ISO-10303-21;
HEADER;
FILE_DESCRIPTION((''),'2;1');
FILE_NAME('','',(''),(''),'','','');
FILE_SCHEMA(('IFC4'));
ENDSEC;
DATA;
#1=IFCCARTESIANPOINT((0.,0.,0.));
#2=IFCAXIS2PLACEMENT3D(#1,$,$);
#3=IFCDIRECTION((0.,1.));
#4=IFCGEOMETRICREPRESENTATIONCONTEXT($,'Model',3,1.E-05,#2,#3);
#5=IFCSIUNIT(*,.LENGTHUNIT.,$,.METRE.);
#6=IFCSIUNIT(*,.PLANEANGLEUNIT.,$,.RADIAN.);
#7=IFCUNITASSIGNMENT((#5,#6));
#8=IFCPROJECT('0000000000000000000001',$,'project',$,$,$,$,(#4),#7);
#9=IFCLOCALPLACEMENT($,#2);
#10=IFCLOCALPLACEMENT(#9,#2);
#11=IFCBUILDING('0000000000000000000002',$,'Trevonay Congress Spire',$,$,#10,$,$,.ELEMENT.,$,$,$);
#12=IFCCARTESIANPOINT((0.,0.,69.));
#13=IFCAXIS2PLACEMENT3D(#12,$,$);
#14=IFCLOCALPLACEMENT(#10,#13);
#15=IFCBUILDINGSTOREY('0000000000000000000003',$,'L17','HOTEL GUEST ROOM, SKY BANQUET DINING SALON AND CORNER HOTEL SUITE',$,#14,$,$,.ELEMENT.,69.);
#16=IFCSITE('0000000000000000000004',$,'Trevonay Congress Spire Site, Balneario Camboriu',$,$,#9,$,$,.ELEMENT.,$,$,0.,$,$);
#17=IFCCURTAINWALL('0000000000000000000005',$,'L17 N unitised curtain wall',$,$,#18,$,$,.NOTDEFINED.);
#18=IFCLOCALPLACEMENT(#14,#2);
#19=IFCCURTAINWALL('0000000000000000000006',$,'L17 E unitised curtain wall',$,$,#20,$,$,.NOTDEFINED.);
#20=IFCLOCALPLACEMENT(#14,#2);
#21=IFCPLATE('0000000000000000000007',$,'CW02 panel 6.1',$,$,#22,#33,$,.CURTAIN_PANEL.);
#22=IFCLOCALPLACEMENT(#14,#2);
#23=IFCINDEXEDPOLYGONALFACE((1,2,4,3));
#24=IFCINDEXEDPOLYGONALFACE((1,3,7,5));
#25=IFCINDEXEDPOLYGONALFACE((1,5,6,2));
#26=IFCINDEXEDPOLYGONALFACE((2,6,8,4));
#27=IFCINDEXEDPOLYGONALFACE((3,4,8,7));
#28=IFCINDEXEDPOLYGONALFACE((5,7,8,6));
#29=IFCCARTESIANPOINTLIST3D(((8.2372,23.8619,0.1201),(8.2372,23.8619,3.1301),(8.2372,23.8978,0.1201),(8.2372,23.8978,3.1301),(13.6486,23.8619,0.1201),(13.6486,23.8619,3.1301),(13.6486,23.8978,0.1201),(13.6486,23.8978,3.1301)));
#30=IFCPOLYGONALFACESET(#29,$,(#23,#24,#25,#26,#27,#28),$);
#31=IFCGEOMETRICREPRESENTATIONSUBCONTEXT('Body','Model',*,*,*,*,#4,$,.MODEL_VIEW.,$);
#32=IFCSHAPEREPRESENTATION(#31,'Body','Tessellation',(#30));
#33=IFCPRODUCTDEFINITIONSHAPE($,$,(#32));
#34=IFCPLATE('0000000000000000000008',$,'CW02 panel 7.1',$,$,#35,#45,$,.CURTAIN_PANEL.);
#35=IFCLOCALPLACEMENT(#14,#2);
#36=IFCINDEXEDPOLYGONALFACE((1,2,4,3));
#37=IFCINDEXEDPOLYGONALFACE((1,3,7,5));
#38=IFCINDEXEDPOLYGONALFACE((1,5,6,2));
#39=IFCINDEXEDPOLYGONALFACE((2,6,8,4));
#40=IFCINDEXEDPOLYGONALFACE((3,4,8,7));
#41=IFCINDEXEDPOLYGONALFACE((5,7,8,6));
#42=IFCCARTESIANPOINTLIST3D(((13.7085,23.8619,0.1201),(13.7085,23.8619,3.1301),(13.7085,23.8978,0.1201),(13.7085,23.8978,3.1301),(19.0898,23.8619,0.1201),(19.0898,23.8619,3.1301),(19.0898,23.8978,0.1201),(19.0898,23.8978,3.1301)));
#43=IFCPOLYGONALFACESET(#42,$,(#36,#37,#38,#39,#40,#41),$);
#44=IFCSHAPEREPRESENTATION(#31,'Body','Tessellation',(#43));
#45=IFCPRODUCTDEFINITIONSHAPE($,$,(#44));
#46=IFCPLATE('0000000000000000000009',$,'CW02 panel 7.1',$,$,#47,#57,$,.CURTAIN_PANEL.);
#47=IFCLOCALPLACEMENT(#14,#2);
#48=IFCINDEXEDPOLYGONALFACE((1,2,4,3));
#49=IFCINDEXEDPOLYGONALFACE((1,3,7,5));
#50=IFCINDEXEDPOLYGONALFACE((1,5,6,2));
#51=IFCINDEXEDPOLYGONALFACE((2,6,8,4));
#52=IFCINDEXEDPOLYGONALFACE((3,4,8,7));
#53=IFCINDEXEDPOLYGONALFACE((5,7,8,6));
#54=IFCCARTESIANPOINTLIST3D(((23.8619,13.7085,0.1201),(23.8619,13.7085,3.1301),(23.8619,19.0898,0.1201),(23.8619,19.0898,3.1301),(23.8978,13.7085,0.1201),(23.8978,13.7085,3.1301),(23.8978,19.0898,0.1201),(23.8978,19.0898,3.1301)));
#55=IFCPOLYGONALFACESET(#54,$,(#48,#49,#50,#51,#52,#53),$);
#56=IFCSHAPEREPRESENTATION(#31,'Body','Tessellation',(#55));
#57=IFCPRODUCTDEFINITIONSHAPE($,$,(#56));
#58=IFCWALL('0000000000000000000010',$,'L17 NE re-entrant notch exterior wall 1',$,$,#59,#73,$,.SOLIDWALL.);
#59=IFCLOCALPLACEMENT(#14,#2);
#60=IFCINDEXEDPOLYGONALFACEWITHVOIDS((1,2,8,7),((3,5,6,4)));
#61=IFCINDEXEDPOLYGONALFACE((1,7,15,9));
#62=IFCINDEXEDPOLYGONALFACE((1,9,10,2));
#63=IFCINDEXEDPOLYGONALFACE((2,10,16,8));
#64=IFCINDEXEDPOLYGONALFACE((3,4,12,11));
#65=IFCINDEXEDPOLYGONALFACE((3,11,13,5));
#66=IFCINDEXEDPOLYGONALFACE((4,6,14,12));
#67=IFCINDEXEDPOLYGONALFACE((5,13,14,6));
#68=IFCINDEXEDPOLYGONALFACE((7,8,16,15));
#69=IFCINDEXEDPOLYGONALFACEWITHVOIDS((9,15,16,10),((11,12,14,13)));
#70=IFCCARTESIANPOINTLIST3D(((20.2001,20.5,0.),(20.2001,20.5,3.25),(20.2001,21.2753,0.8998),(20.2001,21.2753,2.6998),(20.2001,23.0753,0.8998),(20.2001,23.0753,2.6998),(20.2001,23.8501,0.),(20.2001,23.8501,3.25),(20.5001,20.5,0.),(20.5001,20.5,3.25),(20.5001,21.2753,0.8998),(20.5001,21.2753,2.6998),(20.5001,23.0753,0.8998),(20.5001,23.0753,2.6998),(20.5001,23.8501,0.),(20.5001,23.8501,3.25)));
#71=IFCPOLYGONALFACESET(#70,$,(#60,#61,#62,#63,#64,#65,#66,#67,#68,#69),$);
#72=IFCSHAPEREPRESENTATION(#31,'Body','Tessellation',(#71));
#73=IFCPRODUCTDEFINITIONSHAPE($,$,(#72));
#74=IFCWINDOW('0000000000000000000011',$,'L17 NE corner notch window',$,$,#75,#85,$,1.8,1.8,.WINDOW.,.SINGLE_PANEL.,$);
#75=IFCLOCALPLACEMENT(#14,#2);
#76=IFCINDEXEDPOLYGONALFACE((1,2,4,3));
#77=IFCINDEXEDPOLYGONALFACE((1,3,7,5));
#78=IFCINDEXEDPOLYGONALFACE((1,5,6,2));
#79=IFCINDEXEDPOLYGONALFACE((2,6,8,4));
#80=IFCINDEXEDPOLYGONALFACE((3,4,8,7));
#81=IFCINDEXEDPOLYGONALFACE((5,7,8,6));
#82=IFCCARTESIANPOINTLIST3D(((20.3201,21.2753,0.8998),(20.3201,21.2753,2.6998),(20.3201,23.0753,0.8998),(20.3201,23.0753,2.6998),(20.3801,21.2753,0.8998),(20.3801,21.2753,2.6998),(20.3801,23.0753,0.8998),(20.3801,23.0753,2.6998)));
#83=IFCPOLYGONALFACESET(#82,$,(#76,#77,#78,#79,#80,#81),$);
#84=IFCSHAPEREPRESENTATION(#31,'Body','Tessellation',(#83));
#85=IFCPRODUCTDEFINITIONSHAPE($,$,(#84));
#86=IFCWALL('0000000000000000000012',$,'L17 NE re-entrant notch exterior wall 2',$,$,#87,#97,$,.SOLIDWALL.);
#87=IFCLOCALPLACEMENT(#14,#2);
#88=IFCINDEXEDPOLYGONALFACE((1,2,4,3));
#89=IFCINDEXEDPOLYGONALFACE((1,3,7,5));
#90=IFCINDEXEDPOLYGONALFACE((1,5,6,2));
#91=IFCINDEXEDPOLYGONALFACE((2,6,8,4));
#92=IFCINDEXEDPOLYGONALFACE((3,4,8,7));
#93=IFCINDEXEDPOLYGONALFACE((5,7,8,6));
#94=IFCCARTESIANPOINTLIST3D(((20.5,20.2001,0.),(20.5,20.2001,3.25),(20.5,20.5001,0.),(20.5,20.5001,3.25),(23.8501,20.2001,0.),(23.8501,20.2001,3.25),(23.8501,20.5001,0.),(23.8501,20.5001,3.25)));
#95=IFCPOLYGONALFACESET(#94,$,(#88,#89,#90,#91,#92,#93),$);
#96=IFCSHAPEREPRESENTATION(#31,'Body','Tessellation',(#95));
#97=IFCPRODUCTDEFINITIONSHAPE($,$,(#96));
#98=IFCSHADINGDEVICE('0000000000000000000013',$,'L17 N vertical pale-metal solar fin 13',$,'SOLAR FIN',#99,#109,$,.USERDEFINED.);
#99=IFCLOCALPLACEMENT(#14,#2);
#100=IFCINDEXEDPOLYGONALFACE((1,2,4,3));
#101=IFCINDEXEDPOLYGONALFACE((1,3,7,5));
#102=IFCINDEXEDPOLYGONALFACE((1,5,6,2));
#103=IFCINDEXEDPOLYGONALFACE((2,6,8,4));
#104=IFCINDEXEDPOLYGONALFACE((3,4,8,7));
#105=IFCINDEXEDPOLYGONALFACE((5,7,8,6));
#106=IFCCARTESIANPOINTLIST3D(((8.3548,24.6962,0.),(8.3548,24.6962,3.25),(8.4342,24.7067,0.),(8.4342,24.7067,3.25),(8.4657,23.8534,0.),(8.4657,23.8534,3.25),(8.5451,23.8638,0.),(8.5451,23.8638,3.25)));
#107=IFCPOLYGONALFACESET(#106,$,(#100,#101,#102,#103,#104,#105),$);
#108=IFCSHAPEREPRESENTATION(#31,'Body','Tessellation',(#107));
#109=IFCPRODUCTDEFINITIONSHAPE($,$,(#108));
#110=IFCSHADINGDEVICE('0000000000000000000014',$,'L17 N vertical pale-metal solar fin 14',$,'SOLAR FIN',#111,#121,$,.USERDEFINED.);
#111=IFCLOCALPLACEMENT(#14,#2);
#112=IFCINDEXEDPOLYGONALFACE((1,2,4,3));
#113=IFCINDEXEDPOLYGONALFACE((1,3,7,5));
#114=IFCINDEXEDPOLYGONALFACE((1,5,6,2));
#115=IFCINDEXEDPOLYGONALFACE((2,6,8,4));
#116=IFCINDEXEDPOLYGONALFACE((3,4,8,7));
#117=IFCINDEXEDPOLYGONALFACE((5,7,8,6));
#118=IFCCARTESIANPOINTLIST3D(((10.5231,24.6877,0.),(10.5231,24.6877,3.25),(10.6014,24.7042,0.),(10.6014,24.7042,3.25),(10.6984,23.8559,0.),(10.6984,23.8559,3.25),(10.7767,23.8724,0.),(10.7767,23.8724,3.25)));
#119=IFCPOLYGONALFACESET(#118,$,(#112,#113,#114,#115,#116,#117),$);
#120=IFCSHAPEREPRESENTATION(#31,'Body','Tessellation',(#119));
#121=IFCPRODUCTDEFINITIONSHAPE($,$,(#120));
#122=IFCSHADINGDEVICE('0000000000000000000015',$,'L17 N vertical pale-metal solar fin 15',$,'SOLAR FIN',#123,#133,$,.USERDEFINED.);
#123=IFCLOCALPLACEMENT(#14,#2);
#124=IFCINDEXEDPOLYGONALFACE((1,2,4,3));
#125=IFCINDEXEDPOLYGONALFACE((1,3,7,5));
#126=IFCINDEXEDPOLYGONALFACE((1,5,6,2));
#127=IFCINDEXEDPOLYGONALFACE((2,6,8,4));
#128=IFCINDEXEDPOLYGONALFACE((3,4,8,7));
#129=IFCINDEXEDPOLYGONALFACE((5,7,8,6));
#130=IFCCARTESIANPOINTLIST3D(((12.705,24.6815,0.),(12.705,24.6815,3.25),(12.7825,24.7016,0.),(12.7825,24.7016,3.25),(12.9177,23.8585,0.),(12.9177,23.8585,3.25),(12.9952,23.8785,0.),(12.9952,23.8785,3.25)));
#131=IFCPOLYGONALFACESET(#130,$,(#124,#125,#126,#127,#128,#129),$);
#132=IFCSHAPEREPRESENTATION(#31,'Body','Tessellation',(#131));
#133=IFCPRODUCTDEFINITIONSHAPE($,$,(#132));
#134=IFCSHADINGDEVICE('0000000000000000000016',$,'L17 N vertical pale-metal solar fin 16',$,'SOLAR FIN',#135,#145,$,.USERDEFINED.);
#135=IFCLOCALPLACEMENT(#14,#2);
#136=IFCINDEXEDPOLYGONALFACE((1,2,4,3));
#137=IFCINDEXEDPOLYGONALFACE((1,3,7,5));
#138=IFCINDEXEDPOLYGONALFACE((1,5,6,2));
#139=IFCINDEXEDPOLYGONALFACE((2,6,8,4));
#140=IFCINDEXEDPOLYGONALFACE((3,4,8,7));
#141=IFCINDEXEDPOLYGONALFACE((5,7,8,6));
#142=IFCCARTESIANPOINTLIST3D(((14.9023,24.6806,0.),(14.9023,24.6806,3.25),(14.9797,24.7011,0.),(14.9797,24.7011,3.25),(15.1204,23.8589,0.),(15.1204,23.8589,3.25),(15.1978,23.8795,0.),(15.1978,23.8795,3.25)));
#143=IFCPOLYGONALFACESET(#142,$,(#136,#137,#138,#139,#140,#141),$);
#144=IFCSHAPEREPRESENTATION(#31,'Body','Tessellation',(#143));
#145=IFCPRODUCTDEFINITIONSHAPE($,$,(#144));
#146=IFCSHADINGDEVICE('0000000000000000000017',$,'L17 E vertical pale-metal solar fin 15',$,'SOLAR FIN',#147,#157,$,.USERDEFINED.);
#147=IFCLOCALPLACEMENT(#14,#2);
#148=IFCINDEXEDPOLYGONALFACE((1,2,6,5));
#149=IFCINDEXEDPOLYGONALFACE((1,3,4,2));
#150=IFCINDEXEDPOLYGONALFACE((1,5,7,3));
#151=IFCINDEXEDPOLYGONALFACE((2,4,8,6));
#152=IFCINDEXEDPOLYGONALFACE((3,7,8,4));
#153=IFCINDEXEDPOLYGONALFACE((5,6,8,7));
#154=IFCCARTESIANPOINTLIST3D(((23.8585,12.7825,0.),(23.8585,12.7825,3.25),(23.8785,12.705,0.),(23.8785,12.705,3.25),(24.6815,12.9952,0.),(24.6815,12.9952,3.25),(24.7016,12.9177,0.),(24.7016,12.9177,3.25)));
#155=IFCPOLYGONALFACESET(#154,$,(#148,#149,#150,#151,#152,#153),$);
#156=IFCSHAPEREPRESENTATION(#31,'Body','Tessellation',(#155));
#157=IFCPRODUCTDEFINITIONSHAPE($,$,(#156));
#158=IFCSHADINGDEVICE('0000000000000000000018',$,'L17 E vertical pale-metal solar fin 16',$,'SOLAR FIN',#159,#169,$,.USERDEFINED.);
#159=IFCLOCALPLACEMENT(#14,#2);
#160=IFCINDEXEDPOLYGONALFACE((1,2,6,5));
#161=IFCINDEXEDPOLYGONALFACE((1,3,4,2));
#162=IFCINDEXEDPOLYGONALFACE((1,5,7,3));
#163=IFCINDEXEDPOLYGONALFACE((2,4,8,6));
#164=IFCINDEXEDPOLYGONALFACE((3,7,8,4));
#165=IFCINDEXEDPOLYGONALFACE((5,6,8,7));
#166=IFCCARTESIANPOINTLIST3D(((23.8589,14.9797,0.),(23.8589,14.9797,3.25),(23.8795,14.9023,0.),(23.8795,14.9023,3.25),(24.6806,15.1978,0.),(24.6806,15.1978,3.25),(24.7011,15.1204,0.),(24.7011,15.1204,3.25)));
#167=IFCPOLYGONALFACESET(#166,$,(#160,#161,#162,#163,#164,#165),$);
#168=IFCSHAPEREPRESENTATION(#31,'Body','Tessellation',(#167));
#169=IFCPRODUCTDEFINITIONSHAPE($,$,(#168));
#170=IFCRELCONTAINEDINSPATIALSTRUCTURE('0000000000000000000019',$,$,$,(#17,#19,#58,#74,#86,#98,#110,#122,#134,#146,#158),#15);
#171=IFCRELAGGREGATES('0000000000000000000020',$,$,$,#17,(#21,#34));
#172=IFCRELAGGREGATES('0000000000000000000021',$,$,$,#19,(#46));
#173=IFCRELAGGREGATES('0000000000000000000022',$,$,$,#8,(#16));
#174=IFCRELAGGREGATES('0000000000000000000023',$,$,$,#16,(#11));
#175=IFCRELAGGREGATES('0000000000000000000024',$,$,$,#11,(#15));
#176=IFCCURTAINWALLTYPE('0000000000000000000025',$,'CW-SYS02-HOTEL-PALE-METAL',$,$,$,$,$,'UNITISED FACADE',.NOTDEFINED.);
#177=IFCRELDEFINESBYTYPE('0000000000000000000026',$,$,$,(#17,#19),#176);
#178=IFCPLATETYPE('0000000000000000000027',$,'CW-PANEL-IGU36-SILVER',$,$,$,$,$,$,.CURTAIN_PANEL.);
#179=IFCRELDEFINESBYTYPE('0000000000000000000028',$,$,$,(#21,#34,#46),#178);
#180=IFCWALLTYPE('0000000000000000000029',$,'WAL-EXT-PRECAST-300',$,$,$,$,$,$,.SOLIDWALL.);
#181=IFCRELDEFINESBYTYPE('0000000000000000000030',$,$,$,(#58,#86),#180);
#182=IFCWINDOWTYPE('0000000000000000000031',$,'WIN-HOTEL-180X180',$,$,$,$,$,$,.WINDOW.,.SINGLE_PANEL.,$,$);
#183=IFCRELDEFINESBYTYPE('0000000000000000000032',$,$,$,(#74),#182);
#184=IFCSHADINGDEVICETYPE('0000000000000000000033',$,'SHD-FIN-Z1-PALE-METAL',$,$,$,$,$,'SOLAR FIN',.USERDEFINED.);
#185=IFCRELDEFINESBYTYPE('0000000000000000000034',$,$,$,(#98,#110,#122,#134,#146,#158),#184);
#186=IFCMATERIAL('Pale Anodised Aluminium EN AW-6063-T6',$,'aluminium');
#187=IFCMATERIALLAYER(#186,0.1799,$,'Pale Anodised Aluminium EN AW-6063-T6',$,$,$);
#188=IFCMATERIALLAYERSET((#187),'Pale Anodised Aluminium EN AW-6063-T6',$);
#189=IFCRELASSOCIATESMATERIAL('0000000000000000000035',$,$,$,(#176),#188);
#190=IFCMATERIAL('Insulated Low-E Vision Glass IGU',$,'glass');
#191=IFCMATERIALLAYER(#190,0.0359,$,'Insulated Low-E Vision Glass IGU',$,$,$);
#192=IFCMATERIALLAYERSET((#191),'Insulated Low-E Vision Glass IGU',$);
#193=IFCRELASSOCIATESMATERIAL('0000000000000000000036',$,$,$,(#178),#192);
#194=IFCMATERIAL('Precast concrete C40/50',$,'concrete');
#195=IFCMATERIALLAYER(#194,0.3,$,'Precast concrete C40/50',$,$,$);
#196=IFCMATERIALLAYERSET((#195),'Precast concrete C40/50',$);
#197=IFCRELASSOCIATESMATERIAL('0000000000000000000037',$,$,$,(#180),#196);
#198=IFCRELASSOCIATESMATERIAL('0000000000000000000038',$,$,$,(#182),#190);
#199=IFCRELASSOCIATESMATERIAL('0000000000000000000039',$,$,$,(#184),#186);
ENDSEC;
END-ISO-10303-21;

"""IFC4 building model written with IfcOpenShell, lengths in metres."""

from ifc_helpers import new_model, si_unit, direction, frame, frame_2d, origin, origin_2d, place, context, subcontext, project, spatial, rectangle, extrude, material, layer, layer_set, type_object, element, fill, aggregate, save


model = new_model("IFC4")

# Units and contexts
model_context = context("Model", 3, precision=1e-05, world=origin(), true_north=direction((0.0, 1.0)))
body_context = subcontext(model_context, "Body", "Model", "MODEL_VIEW")
ifc_project = project(units=[si_unit("LENGTHUNIT", "METRE"), si_unit("PLANEANGLEUNIT", "RADIAN")], contexts=[model_context])

# Site, building, storey
site_placement = place(None, origin())
site = spatial("IfcSite", under=ifc_project, at=site_placement, Name="Trevonay Congress Spire Site, Balneario Camboriu", CompositionType="ELEMENT", RefElevation=0.0)
building_placement = place(site_placement, origin())
building = spatial("IfcBuilding", under=site, at=building_placement, Name="Trevonay Congress Spire", CompositionType="ELEMENT")
storey_placement = place(building_placement, frame((0.0, 0.0, 69.0)))
storey = spatial("IfcBuildingStorey", under=building, at=storey_placement, Name="L17", Description="HOTEL GUEST ROOM, SKY BANQUET DINING SALON AND CORNER HOTEL SUITE", CompositionType="ELEMENT", Elevation=69.0)

# Curtain walls
ifc_material_1 = material(Name="Pale Anodised Aluminium EN AW-6063-T6", Category="aluminium")
ifc_layer_1 = layer(ifc_material_1, 0.1799, Name="Pale Anodised Aluminium EN AW-6063-T6")
ifc_layer_set_1 = layer_set([ifc_layer_1], Name="Pale Anodised Aluminium EN AW-6063-T6")
curtain_wall_type = type_object("IfcCurtainWallType", Name="CW-SYS02-HOTEL-PALE-METAL", ElementType="UNITISED FACADE", PredefinedType="NOTDEFINED", material=ifc_layer_set_1)
curtain_wall_1_placement = place(storey_placement, origin())
curtain_wall_1 = element("IfcCurtainWall", 1, at=curtain_wall_1_placement, inside=storey, type_object=curtain_wall_type, Name="L17 N unitised curtain wall", PredefinedType="NOTDEFINED")
curtain_wall_2_placement = place(storey_placement, origin())
curtain_wall_2 = element("IfcCurtainWall", 2, at=curtain_wall_2_placement, inside=storey, type_object=curtain_wall_type, Name="L17 E unitised curtain wall", PredefinedType="NOTDEFINED")

# Plates
ifc_material_2 = material(Name="Insulated Low-E Vision Glass IGU", Category="glass")
ifc_layer_2 = layer(ifc_material_2, 0.0359, Name="Insulated Low-E Vision Glass IGU")
ifc_layer_set_2 = layer_set([ifc_layer_2], Name="Insulated Low-E Vision Glass IGU")
plate_type = type_object("IfcPlateType", Name="CW-PANEL-IGU36-SILVER", PredefinedType="CURTAIN_PANEL", material=ifc_layer_set_2)
plate_1_placement = place(storey_placement, frame((10.9429, 23.8799, 0.1201), z_axis=(0.0, 0.0, 1.0), x_axis=(1.0, 0.0, 0.0)))
plate_1 = element("IfcPlate", 3, at=plate_1_placement, type_object=plate_type, Name="CW02 panel 6.1", PredefinedType="CURTAIN_PANEL", context=body_context, shape_type="SweptSolid", body=[
    extrude(rectangle(XDim=5.4114, YDim=0.0359, at=origin_2d()), origin(), (0.0, 0.0, 1.0), 3.01),
])
plate_2_placement = place(storey_placement, frame((16.3992, 23.8799, 0.1201), z_axis=(0.0, 0.0, 1.0), x_axis=(1.0, 0.0, 0.0)))
plate_2 = element("IfcPlate", 4, at=plate_2_placement, type_object=plate_type, Name="CW02 panel 7.1", PredefinedType="CURTAIN_PANEL", context=body_context, shape_type="SweptSolid", body=[
    extrude(rectangle(XDim=5.3813, YDim=0.0359, at=origin_2d()), origin(), (0.0, 0.0, 1.0), 3.01),
])
aggregate(curtain_wall_1, [plate_1, plate_2])
plate_3_placement = place(storey_placement, frame((23.8799, 16.3992, 0.1201), z_axis=(0.0, 0.0, 1.0), x_axis=(0.0, 1.0, 0.0)))
plate_3 = element("IfcPlate", 5, at=plate_3_placement, type_object=plate_type, Name="CW02 panel 7.1", PredefinedType="CURTAIN_PANEL", context=body_context, shape_type="SweptSolid", body=[
    extrude(rectangle(XDim=5.3813, YDim=0.0359, at=origin_2d()), origin(), (0.0, 0.0, 1.0), 3.01),
])
aggregate(curtain_wall_2, [plate_3])

# Wall, opening, window
ifc_material_3 = material(Name="Precast concrete C40/50", Category="concrete")
ifc_layer_3 = layer(ifc_material_3, 0.3, Name="Precast concrete C40/50")
ifc_layer_set_3 = layer_set([ifc_layer_3], Name="Precast concrete C40/50")
wall_type = type_object("IfcWallType", Name="WAL-EXT-PRECAST-300", PredefinedType="SOLIDWALL", material=ifc_layer_set_3)
wall_1_placement = place(storey_placement, frame((20.3501, 23.8501, 0.0), z_axis=(0.0, 0.0, 1.0), x_axis=(0.0, -1.0, 0.0)))
wall_1 = element("IfcWall", 6, at=wall_1_placement, inside=storey, type_object=wall_type, Name="L17 NE re-entrant notch exterior wall 1", PredefinedType="SOLIDWALL", context=body_context, shape_type="SweptSolid", body=[
    extrude(rectangle(XDim=3.3501, YDim=0.3, at=frame_2d((1.675, 0.0))), origin(), (0.0, 0.0, 1.0), 3.25),
])
opening_placement = place(wall_1_placement, frame((0.7749, 0.0, 0.8999)))
opening = element("IfcOpeningElement", 7, at=opening_placement, cuts=wall_1, PredefinedType="OPENING", context=body_context, shape_type="SweptSolid", body=[
    extrude(rectangle(XDim=1.8, YDim=1.8, at=frame_2d((0.8999, 0.8999))), frame((0.0, 0.1602, 0.0), z_axis=(0.0, -1.0, 0.0), x_axis=(1.0, 0.0, 0.0)), (0.0, 0.0, 1.0), 0.3201),
])
window_type = type_object("IfcWindowType", Name="WIN-HOTEL-180X180", PartitioningType="SINGLE_PANEL", PredefinedType="WINDOW", material=ifc_material_2)
window_placement = place(opening_placement, origin())
window = element("IfcWindow", 8, at=window_placement, inside=storey, type_object=window_type, Name="L17 NE corner notch window", OverallHeight=1.8, OverallWidth=1.8, PartitioningType="SINGLE_PANEL", PredefinedType="WINDOW", context=body_context, shape_type="SweptSolid", body=[
    extrude(rectangle(XDim=1.8, YDim=1.8, at=frame_2d((0.8999, 0.8999))), frame((0.0, 0.03, 0.0), z_axis=(0.0, -1.0, 0.0), x_axis=(1.0, 0.0, 0.0)), (0.0, 0.0, 1.0), 0.0601),
])
fill(opening, window)

# Wall
wall_2_placement = place(storey_placement, frame((23.8501, 20.3501, 0.0), z_axis=(0.0, 0.0, 1.0), x_axis=(-1.0, 0.0, 0.0)))
element("IfcWall", 9, at=wall_2_placement, inside=storey, type_object=wall_type, Name="L17 NE re-entrant notch exterior wall 2", PredefinedType="SOLIDWALL", context=body_context, shape_type="SweptSolid", body=[
    extrude(rectangle(XDim=3.3501, YDim=0.3, at=frame_2d((1.675, 0.0))), origin(), (0.0, 0.0, 1.0), 3.25),
])

# Shading devices
shading_device_type = type_object("IfcShadingDeviceType", Name="SHD-FIN-Z1-PALE-METAL", ElementType="SOLAR FIN", PredefinedType="USERDEFINED", material=ifc_material_1)
for number, where, z_axis, x_axis, name in (
    (10, (8.45, 24.28, 0.0), (0.0, 0.0, 1.0), (0.991445, 0.130526, 0.0), "L17 N vertical pale-metal solar fin 13"),
    (11, (10.6499, 24.28, 0.0), (0.0, 0.0, 1.0), (0.978509, 0.206204, 0.0), "L17 N vertical pale-metal solar fin 14"),
    (12, (12.8501, 24.28, 0.0), (0.0, 0.0, 1.0), (0.968191, 0.250211, 0.0), "L17 N vertical pale-metal solar fin 15"),
    (13, (15.05, 24.28, 0.0), (0.0, 0.0, 1.0), (0.966511, 0.256627, 0.0), "L17 N vertical pale-metal solar fin 16"),
    (14, (24.28, 12.8501, 0.0), (0.0, 0.0, 1.0), (-0.250211, 0.968191, 0.0), "L17 E vertical pale-metal solar fin 15"),
    (15, (24.28, 15.05, 0.0), (0.0, 0.0, 1.0), (-0.256627, 0.966511, 0.0), "L17 E vertical pale-metal solar fin 16"),
):
    element("IfcShadingDevice", number, at=place(storey_placement, frame(where, z_axis=z_axis, x_axis=x_axis)), inside=storey, type_object=shading_device_type, Name=name, ObjectType="SOLAR FIN", PredefinedType="USERDEFINED", context=body_context, shape_type="SweptSolid", body=[
        extrude(rectangle(XDim=0.0801, YDim=0.8501, at=origin_2d()), origin(), (0.0, 0.0, 1.0), 3.25),
    ])

save(model, "model.ifc")
